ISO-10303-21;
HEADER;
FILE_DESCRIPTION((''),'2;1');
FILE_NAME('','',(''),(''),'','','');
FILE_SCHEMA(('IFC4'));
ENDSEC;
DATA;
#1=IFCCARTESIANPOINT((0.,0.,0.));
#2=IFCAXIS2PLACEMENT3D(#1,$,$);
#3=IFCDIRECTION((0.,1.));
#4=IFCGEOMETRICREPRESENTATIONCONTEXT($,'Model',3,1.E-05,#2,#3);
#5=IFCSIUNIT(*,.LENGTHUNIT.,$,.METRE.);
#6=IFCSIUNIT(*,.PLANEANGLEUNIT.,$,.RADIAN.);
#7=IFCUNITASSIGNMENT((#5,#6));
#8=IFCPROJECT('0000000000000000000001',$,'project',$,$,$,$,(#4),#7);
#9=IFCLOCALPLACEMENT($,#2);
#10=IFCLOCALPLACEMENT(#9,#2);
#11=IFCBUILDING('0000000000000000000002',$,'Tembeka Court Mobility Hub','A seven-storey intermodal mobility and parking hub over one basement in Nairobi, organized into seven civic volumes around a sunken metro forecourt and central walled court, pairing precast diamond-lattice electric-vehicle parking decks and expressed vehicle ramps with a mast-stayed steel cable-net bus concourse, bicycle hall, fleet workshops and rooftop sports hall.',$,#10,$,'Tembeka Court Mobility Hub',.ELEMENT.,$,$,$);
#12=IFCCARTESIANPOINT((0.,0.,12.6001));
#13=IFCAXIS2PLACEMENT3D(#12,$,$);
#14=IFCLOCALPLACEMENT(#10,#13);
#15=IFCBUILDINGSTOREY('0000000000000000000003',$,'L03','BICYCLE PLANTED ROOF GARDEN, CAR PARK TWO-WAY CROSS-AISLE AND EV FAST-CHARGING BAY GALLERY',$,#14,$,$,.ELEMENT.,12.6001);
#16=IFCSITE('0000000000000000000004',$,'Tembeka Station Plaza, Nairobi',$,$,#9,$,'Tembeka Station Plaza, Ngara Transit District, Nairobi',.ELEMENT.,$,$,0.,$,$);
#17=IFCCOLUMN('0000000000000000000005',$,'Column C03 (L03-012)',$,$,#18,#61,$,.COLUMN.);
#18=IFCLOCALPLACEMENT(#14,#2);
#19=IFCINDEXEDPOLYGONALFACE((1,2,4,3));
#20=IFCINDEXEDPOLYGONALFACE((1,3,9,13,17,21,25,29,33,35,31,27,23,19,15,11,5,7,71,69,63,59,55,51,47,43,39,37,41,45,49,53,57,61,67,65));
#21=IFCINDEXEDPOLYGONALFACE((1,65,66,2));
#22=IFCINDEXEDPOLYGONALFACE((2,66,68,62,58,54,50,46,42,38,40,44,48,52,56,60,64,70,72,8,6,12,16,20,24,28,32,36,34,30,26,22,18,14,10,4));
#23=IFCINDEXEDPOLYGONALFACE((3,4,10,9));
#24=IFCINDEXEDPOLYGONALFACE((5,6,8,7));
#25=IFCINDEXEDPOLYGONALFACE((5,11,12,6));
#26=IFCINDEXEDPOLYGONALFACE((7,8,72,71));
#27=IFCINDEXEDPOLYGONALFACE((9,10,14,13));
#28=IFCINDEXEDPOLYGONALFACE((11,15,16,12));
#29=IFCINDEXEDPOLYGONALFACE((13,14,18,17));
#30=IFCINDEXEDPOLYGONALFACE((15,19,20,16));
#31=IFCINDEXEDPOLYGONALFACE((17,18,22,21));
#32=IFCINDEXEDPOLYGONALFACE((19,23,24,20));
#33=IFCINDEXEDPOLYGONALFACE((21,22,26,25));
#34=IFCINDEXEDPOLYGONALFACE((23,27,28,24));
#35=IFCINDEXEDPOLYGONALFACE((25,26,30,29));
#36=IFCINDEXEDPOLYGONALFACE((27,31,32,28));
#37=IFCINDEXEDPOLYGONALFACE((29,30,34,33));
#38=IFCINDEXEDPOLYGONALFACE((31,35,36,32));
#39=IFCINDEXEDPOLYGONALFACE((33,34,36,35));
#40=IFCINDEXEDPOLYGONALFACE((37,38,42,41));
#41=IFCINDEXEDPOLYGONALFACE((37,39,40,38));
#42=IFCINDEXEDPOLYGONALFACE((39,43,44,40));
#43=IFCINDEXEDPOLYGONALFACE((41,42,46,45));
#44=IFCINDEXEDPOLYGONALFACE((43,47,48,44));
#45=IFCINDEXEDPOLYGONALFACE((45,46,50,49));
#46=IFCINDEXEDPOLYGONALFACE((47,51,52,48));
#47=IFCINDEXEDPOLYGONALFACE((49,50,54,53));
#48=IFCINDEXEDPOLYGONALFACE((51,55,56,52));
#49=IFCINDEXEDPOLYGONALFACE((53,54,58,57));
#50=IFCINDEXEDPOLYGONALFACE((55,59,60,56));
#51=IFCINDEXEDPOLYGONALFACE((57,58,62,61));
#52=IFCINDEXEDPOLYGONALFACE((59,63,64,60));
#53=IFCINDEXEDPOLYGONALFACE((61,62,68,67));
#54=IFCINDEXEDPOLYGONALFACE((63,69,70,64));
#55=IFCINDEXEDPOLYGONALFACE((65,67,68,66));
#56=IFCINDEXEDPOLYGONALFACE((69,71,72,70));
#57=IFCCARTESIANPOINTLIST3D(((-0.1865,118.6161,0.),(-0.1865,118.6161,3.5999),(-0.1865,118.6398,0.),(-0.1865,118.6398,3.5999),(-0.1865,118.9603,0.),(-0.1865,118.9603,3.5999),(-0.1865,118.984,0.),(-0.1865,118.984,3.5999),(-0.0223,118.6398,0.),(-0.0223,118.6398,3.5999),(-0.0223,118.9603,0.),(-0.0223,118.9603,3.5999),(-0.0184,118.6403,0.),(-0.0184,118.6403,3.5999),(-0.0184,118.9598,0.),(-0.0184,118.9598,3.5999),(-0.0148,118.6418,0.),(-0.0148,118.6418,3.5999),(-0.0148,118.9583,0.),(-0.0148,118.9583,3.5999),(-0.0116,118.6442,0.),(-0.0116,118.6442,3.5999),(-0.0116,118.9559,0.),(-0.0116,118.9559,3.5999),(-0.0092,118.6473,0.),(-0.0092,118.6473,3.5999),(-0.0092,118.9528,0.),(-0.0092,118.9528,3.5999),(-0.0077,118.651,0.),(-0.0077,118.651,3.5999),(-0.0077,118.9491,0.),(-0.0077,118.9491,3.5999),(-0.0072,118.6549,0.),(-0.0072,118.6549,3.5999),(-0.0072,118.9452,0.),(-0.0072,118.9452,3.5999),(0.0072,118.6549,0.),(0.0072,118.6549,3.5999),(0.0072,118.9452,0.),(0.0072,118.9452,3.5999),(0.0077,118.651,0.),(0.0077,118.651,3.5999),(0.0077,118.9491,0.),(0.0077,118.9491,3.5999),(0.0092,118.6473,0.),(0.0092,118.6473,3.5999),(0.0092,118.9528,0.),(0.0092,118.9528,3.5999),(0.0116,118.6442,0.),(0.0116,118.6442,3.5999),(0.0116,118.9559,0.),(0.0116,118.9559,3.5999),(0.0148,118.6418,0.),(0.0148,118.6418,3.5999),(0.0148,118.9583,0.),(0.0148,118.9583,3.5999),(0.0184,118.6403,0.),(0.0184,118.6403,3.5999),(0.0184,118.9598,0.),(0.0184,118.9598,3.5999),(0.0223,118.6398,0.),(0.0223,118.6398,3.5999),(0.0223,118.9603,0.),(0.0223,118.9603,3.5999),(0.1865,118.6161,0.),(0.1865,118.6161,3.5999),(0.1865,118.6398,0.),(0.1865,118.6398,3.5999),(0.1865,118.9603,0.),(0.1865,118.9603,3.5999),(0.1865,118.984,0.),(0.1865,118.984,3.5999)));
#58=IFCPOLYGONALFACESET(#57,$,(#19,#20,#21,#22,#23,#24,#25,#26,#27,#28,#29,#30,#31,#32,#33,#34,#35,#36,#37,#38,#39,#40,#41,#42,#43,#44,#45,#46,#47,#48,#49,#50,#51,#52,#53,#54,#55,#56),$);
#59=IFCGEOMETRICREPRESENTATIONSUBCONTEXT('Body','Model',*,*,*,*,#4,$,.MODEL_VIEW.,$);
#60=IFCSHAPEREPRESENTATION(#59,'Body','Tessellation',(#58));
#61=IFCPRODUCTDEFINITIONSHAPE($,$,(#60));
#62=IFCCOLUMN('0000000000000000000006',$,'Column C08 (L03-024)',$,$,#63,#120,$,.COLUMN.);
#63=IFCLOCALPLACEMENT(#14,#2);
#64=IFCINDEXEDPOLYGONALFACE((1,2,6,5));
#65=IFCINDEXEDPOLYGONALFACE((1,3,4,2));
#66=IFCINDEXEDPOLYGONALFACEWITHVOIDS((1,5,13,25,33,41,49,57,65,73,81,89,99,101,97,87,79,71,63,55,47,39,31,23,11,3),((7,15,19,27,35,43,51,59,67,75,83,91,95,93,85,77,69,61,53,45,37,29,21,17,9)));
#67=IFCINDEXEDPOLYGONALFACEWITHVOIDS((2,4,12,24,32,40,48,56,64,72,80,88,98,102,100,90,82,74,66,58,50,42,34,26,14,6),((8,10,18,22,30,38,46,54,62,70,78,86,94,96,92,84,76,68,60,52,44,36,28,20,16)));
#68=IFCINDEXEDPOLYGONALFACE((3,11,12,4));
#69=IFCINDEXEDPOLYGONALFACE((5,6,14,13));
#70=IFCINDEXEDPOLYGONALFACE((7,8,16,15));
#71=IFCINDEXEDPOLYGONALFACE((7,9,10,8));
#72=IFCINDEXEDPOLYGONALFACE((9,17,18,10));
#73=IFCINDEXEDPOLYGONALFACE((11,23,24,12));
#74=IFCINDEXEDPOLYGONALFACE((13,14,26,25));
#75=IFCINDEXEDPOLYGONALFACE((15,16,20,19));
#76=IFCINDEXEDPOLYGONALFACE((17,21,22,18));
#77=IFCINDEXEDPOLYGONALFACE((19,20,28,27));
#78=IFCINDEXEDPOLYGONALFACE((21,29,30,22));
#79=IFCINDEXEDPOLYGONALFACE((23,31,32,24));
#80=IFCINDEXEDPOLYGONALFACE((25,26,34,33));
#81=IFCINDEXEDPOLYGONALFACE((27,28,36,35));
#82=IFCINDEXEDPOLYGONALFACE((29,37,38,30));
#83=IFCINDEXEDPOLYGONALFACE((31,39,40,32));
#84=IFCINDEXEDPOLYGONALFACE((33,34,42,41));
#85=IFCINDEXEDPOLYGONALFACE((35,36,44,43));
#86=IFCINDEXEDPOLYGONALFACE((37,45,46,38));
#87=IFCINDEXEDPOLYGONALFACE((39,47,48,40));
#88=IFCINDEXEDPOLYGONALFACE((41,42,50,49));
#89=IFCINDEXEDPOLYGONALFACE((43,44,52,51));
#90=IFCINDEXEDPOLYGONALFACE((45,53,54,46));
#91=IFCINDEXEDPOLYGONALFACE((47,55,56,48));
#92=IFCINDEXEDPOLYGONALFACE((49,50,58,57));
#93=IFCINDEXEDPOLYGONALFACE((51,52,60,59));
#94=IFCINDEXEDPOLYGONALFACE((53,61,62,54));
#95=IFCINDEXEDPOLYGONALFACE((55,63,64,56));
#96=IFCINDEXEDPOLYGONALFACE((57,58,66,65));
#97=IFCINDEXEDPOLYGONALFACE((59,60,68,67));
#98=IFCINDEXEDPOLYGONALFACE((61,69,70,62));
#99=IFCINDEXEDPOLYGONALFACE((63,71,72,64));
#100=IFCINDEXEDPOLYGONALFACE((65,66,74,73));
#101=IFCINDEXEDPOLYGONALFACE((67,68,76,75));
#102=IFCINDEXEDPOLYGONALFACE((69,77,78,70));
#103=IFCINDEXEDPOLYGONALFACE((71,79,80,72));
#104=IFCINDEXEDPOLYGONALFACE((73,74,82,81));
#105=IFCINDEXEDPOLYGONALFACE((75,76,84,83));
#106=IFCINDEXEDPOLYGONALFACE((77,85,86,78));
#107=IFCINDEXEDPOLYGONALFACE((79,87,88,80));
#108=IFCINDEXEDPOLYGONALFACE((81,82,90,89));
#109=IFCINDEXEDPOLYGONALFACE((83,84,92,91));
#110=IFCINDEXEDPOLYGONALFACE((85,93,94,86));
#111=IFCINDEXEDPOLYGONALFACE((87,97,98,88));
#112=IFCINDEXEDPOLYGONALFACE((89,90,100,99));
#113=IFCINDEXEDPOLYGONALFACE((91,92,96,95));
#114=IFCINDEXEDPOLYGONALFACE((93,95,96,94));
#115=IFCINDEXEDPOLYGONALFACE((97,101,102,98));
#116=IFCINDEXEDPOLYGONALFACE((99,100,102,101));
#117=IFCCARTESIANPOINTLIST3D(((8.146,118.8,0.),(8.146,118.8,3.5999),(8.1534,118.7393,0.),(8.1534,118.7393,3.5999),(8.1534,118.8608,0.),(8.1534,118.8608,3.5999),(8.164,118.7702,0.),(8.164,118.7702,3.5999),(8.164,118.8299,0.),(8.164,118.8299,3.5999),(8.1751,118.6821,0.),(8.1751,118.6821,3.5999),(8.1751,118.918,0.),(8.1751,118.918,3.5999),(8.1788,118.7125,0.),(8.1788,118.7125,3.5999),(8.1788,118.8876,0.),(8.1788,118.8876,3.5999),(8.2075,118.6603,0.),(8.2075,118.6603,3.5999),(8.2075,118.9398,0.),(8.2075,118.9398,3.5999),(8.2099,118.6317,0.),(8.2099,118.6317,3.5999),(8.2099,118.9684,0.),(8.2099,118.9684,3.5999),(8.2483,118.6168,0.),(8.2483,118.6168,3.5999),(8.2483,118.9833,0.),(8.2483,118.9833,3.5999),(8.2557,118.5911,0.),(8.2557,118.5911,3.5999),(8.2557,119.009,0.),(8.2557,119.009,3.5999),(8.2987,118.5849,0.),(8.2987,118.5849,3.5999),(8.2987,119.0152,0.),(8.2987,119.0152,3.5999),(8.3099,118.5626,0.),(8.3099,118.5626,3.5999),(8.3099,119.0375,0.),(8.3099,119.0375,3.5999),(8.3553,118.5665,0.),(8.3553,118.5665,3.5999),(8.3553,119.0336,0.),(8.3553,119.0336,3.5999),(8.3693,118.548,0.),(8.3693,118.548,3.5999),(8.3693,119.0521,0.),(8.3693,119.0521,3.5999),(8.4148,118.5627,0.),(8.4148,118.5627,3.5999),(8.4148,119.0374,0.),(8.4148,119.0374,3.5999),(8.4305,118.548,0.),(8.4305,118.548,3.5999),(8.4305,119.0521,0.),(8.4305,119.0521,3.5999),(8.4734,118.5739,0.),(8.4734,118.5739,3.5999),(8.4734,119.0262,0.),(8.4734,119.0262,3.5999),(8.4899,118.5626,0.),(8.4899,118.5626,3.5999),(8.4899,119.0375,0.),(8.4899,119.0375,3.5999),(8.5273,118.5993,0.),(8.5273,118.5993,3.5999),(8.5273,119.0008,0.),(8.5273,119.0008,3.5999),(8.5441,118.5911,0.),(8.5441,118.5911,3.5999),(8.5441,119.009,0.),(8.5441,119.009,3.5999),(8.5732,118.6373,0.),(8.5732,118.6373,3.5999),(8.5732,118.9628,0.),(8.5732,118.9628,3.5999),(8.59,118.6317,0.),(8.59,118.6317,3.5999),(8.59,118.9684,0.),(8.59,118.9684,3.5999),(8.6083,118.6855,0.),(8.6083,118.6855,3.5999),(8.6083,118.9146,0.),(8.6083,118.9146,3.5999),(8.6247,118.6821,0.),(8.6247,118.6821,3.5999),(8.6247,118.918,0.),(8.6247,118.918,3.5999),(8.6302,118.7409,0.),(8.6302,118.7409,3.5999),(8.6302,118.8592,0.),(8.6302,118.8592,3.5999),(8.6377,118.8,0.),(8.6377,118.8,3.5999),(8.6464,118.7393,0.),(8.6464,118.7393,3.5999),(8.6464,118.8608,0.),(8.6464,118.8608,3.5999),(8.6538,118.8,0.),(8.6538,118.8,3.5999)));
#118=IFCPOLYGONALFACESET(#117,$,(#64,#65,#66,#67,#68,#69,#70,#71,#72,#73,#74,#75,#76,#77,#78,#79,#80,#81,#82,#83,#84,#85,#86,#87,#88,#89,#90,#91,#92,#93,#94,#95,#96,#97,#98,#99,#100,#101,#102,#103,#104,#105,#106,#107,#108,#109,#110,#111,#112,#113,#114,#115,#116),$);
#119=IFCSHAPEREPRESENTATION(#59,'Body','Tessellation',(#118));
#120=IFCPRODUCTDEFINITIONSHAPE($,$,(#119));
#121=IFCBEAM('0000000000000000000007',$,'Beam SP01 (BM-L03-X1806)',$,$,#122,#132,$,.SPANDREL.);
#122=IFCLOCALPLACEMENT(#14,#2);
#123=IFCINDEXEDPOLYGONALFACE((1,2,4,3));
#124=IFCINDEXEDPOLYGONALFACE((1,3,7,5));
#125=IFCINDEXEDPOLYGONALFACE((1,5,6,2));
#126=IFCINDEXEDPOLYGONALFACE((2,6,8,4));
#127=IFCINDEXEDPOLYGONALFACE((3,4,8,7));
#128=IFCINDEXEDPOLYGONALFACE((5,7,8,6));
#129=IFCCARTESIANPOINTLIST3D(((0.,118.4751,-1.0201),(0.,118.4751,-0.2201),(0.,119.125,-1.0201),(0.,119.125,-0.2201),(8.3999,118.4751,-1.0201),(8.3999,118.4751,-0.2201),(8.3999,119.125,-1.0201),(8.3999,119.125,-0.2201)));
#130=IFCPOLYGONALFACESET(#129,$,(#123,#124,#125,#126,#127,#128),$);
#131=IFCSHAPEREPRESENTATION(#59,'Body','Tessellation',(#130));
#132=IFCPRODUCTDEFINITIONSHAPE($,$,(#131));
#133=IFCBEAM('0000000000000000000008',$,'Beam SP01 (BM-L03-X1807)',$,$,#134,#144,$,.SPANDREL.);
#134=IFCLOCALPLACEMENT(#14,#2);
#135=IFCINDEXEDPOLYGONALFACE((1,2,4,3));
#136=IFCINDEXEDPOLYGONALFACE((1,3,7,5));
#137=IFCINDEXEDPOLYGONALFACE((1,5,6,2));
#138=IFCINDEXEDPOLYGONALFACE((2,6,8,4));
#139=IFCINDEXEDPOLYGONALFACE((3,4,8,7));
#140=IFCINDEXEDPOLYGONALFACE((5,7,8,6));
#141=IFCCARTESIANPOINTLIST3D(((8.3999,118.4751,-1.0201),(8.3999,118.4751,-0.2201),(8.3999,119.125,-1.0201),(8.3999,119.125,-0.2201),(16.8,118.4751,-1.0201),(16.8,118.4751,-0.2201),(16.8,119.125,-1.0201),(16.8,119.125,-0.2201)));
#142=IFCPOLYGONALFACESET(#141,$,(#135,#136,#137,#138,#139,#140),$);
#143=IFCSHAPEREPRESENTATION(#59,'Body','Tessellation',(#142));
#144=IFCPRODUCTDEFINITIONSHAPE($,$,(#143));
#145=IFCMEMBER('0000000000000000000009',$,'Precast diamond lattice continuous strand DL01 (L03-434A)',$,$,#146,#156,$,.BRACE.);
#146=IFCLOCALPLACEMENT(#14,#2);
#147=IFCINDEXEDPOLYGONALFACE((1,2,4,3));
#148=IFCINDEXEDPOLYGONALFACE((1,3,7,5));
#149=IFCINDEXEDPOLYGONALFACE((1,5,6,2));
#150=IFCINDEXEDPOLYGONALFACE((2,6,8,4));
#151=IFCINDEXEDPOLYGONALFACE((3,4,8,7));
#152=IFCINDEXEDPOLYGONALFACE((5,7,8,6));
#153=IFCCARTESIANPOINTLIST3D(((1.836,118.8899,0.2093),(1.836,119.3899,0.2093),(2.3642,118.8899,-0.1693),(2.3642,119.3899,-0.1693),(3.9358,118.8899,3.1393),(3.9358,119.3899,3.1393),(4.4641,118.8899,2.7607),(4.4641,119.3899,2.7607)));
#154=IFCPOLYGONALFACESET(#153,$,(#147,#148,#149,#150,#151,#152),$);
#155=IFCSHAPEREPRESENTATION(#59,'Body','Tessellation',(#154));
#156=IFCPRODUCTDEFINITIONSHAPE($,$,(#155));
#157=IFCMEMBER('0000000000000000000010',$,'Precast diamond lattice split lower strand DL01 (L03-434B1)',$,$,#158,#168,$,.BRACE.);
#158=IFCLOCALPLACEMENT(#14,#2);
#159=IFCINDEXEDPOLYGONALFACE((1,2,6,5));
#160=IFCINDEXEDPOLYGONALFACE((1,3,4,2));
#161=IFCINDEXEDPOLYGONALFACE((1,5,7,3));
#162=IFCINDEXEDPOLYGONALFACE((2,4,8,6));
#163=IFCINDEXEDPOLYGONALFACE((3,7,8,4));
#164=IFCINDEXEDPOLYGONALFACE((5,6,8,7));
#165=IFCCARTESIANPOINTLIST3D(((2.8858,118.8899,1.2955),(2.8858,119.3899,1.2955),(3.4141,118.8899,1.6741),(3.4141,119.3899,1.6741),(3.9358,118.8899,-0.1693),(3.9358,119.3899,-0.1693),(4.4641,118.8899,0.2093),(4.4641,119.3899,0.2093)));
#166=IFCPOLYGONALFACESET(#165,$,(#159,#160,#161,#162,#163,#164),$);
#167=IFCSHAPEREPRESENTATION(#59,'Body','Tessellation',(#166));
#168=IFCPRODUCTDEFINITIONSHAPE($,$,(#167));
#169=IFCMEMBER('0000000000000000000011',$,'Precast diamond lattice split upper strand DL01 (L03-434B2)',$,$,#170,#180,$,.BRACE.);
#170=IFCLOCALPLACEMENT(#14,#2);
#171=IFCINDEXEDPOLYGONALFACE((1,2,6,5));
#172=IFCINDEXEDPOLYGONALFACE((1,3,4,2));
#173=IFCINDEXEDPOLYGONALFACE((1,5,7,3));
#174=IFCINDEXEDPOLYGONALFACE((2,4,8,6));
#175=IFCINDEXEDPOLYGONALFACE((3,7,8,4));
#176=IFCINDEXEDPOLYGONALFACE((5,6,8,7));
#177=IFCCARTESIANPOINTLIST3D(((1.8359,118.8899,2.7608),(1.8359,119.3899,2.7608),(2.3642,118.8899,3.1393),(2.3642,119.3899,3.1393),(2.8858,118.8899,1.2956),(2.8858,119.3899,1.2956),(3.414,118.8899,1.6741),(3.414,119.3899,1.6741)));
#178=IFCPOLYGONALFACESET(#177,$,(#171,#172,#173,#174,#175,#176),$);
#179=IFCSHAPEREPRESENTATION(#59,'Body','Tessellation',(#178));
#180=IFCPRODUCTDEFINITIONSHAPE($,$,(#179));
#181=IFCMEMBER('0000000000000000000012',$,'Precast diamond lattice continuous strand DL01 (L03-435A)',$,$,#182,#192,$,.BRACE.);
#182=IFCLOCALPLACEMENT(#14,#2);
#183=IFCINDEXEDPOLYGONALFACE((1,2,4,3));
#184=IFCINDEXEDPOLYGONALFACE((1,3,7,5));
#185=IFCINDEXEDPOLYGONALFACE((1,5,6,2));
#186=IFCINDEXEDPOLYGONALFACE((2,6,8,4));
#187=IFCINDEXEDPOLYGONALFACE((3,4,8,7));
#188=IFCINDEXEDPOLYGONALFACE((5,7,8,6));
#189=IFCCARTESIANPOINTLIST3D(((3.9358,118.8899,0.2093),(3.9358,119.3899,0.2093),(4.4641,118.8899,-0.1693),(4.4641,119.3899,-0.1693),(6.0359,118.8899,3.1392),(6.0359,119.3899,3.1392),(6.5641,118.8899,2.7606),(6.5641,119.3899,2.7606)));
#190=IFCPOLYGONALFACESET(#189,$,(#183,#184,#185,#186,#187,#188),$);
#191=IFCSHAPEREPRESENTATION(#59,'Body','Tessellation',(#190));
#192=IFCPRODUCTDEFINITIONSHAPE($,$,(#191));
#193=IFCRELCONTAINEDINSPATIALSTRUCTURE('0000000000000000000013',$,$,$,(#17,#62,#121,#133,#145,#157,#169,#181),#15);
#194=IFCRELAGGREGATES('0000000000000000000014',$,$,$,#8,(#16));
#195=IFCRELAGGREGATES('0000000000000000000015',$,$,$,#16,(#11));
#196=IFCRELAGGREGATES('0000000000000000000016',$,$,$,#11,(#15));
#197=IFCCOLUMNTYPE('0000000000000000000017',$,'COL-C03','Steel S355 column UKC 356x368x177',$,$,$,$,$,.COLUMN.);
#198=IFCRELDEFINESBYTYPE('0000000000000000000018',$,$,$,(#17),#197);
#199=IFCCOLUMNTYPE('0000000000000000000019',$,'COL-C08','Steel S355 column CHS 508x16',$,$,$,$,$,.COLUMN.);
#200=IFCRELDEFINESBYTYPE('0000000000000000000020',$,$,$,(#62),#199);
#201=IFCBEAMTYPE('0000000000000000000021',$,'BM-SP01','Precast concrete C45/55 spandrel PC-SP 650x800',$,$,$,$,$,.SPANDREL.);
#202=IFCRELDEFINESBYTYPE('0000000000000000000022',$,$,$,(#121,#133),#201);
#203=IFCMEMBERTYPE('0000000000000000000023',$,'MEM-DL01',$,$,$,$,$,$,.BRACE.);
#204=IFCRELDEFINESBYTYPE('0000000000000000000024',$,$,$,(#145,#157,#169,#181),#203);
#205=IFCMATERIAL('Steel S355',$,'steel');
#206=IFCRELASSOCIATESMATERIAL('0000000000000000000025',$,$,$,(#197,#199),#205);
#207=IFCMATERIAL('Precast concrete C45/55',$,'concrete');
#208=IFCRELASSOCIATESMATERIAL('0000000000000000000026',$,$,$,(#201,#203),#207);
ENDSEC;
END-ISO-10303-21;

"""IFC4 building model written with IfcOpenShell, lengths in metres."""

from ifc_helpers import new_model, si_unit, direction, frame, origin, origin_2d, place, context, subcontext, project, spatial, rectangle, hollow_circle, i_section, extrude, material, material_profile, profile_set, type_object, element, save


model = new_model("IFC4")

# Units and contexts
model_context = context("Model", 3, precision=1e-05, world=origin(), true_north=direction((0.0, 1.0)))
body_context = subcontext(model_context, "Body", "Model", "MODEL_VIEW")
ifc_project = project(units=[si_unit("LENGTHUNIT", "METRE"), si_unit("PLANEANGLEUNIT", "RADIAN")], contexts=[model_context])

# Site, building, storey
site_placement = place(None, origin())
site = spatial("IfcSite", under=ifc_project, at=site_placement, Name="Tembeka Station Plaza, Nairobi", LongName="Tembeka Station Plaza, Ngara Transit District, Nairobi", CompositionType="ELEMENT", RefElevation=0.0)
building_placement = place(site_placement, origin())
building = spatial("IfcBuilding", under=site, at=building_placement, Name="Tembeka Court Mobility Hub", Description="A seven-storey intermodal mobility and parking hub over one basement in Nairobi, organized into seven civic volumes around a sunken metro forecourt and central walled court, pairing precast diamond-lattice electric-vehicle parking decks and expressed vehicle ramps with a mast-stayed steel cable-net bus concourse, bicycle hall, fleet workshops and rooftop sports hall.", LongName="Tembeka Court Mobility Hub", CompositionType="ELEMENT")
storey_placement = place(building_placement, frame((0.0, 0.0, 12.6001)))
storey = spatial("IfcBuildingStorey", under=building, at=storey_placement, Name="L03", Description="BICYCLE PLANTED ROOF GARDEN, CAR PARK TWO-WAY CROSS-AISLE AND EV FAST-CHARGING BAY GALLERY", CompositionType="ELEMENT", Elevation=12.6001)

# Columns
ifc_material_1 = material(Name="Steel S355", Category="steel")
ifc_material_profile_1 = material_profile(ifc_material_1, i_section(OverallWidth=0.373, OverallDepth=0.3679, WebThickness=0.0144, FlangeThickness=0.0237, FilletRadius=0.0151, at=origin_2d()), Name="UKC 356x368x177")
ifc_profile_set_1 = profile_set([ifc_material_profile_1], Name="Steel S355")
column_type_1 = type_object("IfcColumnType", Name="COL-C03", Description="Steel S355 column UKC 356x368x177", PredefinedType="COLUMN", material=ifc_profile_set_1)
column_1_placement = place(storey_placement, frame((0.0, 118.8, 0.0), z_axis=(0.0, 0.0, 1.0), x_axis=(1.0, 0.0, 0.0)))
element("IfcColumn", 1, at=column_1_placement, inside=storey, type_object=column_type_1, Name="Column C03 (L03-012)", PredefinedType="COLUMN", context=body_context, shape_type="SweptSolid", body=[
    extrude(i_section(OverallWidth=0.373, OverallDepth=0.3679, WebThickness=0.0144, FlangeThickness=0.0237, FilletRadius=0.0151, at=origin_2d()), origin(), (0.0, 0.0, 1.0), 3.5999),
])
ifc_material_profile_2 = material_profile(ifc_material_1, hollow_circle(Radius=0.2539, WallThickness=0.0161, at=origin_2d()), Name="CHS 508x16")
ifc_profile_set_2 = profile_set([ifc_material_profile_2], Name="Steel S355")
column_type_2 = type_object("IfcColumnType", Name="COL-C08", Description="Steel S355 column CHS 508x16", PredefinedType="COLUMN", material=ifc_profile_set_2)
column_2_placement = place(storey_placement, frame((8.3999, 118.8, 0.0), z_axis=(0.0, 0.0, 1.0), x_axis=(1.0, 0.0, 0.0)))
element("IfcColumn", 2, at=column_2_placement, inside=storey, type_object=column_type_2, Name="Column C08 (L03-024)", PredefinedType="COLUMN", context=body_context, shape_type="SweptSolid", body=[
    extrude(hollow_circle(Radius=0.2539, WallThickness=0.0161, at=origin_2d()), origin(), (0.0, 0.0, 1.0), 3.5999),
])

# Beams
ifc_material_2 = material(Name="Precast concrete C45/55", Category="concrete")
ifc_material_profile_3 = material_profile(ifc_material_2, rectangle(XDim=0.6499, YDim=0.8, at=origin_2d()), Name="PC-SP 650x800")
ifc_profile_set_3 = profile_set([ifc_material_profile_3], Name="Precast concrete C45/55")
beam_type = type_object("IfcBeamType", Name="BM-SP01", Description="Precast concrete C45/55 spandrel PC-SP 650x800", PredefinedType="SPANDREL", material=ifc_profile_set_3)
beam_1_placement = place(storey_placement, frame((0.0, 118.8, -0.6201), z_axis=(1.0, 0.0, 0.0), x_axis=(0.0, 1.0, 0.0)))
element("IfcBeam", 3, at=beam_1_placement, inside=storey, type_object=beam_type, Name="Beam SP01 (BM-L03-X1806)", PredefinedType="SPANDREL", context=body_context, shape_type="SweptSolid", body=[
    extrude(rectangle(XDim=0.6499, YDim=0.8, at=origin_2d()), origin(), (0.0, 0.0, 1.0), 8.3999),
])
beam_2_placement = place(storey_placement, frame((8.3999, 118.8, -0.6201), z_axis=(1.0, 0.0, 0.0), x_axis=(0.0, 1.0, 0.0)))
element("IfcBeam", 4, at=beam_2_placement, inside=storey, type_object=beam_type, Name="Beam SP01 (BM-L03-X1807)", PredefinedType="SPANDREL", context=body_context, shape_type="SweptSolid", body=[
    extrude(rectangle(XDim=0.6499, YDim=0.8, at=origin_2d()), origin(), (0.0, 0.0, 1.0), 8.4001),
])

# Members
ifc_material_profile_4 = material_profile(ifc_material_2, rectangle(XDim=0.5, YDim=0.6499, at=origin_2d()), Name="PC-DIAG 500x650")
ifc_profile_set_4 = profile_set([ifc_material_profile_4], Name="Precast concrete C45/55")
member_type_1 = type_object("IfcMemberType", Name="MEM-DL01", PredefinedType="BRACE", material=ifc_profile_set_4)
member_1_placement = place(storey_placement, frame((2.1001, 119.1399, 0.02), z_axis=(0.582532, 0.0, 0.812808), x_axis=(0.0, 1.0, 0.0)))
element("IfcMember", 5, at=member_1_placement, inside=storey, type_object=member_type_1, Name="Precast diamond lattice continuous strand DL01 (L03-434A)", PredefinedType="BRACE", context=body_context, shape_type="SweptSolid", body=[
    extrude(rectangle(XDim=0.5, YDim=0.6499, at=origin_2d()), origin(), (0.0, 0.0, 1.0), 3.6047),
])
member_2_placement = place(storey_placement, frame((4.2, 119.1399, 0.02), z_axis=(-0.582608, 0.0, 0.812753), x_axis=(0.0, -1.0, 0.0)))
element("IfcMember", 6, at=member_2_placement, inside=storey, type_object=member_type_1, Name="Precast diamond lattice split lower strand DL01 (L03-434B1)", PredefinedType="BRACE", context=body_context, shape_type="SweptSolid", body=[
    extrude(rectangle(XDim=0.5, YDim=0.6499, at=origin_2d()), origin(), (0.0, 0.0, 1.0), 1.8022),
])
member_3_placement = place(storey_placement, frame((3.1499, 119.1399, 1.4849), z_axis=(-0.582455, 0.0, 0.812863), x_axis=(0.0, -1.0, 0.0)))
element("IfcMember", 7, at=member_3_placement, inside=storey, type_object=member_type_1, Name="Precast diamond lattice split upper strand DL01 (L03-434B2)", PredefinedType="BRACE", context=body_context, shape_type="SweptSolid", body=[
    extrude(rectangle(XDim=0.5, YDim=0.6499, at=origin_2d()), origin(), (0.0, 0.0, 1.0), 1.8025),
])
member_4_placement = place(storey_placement, frame((4.2, 119.1399, 0.02), z_axis=(0.582576, 0.0, 0.812776), x_axis=(0.0, 1.0, 0.0)))
element("IfcMember", 8, at=member_4_placement, inside=storey, type_object=member_type_1, Name="Precast diamond lattice continuous strand DL01 (L03-435A)", PredefinedType="BRACE", context=body_context, shape_type="SweptSolid", body=[
    extrude(rectangle(XDim=0.5, YDim=0.6499, at=origin_2d()), origin(), (0.0, 0.0, 1.0), 3.6047),
])

save(model, "model.ifc")
